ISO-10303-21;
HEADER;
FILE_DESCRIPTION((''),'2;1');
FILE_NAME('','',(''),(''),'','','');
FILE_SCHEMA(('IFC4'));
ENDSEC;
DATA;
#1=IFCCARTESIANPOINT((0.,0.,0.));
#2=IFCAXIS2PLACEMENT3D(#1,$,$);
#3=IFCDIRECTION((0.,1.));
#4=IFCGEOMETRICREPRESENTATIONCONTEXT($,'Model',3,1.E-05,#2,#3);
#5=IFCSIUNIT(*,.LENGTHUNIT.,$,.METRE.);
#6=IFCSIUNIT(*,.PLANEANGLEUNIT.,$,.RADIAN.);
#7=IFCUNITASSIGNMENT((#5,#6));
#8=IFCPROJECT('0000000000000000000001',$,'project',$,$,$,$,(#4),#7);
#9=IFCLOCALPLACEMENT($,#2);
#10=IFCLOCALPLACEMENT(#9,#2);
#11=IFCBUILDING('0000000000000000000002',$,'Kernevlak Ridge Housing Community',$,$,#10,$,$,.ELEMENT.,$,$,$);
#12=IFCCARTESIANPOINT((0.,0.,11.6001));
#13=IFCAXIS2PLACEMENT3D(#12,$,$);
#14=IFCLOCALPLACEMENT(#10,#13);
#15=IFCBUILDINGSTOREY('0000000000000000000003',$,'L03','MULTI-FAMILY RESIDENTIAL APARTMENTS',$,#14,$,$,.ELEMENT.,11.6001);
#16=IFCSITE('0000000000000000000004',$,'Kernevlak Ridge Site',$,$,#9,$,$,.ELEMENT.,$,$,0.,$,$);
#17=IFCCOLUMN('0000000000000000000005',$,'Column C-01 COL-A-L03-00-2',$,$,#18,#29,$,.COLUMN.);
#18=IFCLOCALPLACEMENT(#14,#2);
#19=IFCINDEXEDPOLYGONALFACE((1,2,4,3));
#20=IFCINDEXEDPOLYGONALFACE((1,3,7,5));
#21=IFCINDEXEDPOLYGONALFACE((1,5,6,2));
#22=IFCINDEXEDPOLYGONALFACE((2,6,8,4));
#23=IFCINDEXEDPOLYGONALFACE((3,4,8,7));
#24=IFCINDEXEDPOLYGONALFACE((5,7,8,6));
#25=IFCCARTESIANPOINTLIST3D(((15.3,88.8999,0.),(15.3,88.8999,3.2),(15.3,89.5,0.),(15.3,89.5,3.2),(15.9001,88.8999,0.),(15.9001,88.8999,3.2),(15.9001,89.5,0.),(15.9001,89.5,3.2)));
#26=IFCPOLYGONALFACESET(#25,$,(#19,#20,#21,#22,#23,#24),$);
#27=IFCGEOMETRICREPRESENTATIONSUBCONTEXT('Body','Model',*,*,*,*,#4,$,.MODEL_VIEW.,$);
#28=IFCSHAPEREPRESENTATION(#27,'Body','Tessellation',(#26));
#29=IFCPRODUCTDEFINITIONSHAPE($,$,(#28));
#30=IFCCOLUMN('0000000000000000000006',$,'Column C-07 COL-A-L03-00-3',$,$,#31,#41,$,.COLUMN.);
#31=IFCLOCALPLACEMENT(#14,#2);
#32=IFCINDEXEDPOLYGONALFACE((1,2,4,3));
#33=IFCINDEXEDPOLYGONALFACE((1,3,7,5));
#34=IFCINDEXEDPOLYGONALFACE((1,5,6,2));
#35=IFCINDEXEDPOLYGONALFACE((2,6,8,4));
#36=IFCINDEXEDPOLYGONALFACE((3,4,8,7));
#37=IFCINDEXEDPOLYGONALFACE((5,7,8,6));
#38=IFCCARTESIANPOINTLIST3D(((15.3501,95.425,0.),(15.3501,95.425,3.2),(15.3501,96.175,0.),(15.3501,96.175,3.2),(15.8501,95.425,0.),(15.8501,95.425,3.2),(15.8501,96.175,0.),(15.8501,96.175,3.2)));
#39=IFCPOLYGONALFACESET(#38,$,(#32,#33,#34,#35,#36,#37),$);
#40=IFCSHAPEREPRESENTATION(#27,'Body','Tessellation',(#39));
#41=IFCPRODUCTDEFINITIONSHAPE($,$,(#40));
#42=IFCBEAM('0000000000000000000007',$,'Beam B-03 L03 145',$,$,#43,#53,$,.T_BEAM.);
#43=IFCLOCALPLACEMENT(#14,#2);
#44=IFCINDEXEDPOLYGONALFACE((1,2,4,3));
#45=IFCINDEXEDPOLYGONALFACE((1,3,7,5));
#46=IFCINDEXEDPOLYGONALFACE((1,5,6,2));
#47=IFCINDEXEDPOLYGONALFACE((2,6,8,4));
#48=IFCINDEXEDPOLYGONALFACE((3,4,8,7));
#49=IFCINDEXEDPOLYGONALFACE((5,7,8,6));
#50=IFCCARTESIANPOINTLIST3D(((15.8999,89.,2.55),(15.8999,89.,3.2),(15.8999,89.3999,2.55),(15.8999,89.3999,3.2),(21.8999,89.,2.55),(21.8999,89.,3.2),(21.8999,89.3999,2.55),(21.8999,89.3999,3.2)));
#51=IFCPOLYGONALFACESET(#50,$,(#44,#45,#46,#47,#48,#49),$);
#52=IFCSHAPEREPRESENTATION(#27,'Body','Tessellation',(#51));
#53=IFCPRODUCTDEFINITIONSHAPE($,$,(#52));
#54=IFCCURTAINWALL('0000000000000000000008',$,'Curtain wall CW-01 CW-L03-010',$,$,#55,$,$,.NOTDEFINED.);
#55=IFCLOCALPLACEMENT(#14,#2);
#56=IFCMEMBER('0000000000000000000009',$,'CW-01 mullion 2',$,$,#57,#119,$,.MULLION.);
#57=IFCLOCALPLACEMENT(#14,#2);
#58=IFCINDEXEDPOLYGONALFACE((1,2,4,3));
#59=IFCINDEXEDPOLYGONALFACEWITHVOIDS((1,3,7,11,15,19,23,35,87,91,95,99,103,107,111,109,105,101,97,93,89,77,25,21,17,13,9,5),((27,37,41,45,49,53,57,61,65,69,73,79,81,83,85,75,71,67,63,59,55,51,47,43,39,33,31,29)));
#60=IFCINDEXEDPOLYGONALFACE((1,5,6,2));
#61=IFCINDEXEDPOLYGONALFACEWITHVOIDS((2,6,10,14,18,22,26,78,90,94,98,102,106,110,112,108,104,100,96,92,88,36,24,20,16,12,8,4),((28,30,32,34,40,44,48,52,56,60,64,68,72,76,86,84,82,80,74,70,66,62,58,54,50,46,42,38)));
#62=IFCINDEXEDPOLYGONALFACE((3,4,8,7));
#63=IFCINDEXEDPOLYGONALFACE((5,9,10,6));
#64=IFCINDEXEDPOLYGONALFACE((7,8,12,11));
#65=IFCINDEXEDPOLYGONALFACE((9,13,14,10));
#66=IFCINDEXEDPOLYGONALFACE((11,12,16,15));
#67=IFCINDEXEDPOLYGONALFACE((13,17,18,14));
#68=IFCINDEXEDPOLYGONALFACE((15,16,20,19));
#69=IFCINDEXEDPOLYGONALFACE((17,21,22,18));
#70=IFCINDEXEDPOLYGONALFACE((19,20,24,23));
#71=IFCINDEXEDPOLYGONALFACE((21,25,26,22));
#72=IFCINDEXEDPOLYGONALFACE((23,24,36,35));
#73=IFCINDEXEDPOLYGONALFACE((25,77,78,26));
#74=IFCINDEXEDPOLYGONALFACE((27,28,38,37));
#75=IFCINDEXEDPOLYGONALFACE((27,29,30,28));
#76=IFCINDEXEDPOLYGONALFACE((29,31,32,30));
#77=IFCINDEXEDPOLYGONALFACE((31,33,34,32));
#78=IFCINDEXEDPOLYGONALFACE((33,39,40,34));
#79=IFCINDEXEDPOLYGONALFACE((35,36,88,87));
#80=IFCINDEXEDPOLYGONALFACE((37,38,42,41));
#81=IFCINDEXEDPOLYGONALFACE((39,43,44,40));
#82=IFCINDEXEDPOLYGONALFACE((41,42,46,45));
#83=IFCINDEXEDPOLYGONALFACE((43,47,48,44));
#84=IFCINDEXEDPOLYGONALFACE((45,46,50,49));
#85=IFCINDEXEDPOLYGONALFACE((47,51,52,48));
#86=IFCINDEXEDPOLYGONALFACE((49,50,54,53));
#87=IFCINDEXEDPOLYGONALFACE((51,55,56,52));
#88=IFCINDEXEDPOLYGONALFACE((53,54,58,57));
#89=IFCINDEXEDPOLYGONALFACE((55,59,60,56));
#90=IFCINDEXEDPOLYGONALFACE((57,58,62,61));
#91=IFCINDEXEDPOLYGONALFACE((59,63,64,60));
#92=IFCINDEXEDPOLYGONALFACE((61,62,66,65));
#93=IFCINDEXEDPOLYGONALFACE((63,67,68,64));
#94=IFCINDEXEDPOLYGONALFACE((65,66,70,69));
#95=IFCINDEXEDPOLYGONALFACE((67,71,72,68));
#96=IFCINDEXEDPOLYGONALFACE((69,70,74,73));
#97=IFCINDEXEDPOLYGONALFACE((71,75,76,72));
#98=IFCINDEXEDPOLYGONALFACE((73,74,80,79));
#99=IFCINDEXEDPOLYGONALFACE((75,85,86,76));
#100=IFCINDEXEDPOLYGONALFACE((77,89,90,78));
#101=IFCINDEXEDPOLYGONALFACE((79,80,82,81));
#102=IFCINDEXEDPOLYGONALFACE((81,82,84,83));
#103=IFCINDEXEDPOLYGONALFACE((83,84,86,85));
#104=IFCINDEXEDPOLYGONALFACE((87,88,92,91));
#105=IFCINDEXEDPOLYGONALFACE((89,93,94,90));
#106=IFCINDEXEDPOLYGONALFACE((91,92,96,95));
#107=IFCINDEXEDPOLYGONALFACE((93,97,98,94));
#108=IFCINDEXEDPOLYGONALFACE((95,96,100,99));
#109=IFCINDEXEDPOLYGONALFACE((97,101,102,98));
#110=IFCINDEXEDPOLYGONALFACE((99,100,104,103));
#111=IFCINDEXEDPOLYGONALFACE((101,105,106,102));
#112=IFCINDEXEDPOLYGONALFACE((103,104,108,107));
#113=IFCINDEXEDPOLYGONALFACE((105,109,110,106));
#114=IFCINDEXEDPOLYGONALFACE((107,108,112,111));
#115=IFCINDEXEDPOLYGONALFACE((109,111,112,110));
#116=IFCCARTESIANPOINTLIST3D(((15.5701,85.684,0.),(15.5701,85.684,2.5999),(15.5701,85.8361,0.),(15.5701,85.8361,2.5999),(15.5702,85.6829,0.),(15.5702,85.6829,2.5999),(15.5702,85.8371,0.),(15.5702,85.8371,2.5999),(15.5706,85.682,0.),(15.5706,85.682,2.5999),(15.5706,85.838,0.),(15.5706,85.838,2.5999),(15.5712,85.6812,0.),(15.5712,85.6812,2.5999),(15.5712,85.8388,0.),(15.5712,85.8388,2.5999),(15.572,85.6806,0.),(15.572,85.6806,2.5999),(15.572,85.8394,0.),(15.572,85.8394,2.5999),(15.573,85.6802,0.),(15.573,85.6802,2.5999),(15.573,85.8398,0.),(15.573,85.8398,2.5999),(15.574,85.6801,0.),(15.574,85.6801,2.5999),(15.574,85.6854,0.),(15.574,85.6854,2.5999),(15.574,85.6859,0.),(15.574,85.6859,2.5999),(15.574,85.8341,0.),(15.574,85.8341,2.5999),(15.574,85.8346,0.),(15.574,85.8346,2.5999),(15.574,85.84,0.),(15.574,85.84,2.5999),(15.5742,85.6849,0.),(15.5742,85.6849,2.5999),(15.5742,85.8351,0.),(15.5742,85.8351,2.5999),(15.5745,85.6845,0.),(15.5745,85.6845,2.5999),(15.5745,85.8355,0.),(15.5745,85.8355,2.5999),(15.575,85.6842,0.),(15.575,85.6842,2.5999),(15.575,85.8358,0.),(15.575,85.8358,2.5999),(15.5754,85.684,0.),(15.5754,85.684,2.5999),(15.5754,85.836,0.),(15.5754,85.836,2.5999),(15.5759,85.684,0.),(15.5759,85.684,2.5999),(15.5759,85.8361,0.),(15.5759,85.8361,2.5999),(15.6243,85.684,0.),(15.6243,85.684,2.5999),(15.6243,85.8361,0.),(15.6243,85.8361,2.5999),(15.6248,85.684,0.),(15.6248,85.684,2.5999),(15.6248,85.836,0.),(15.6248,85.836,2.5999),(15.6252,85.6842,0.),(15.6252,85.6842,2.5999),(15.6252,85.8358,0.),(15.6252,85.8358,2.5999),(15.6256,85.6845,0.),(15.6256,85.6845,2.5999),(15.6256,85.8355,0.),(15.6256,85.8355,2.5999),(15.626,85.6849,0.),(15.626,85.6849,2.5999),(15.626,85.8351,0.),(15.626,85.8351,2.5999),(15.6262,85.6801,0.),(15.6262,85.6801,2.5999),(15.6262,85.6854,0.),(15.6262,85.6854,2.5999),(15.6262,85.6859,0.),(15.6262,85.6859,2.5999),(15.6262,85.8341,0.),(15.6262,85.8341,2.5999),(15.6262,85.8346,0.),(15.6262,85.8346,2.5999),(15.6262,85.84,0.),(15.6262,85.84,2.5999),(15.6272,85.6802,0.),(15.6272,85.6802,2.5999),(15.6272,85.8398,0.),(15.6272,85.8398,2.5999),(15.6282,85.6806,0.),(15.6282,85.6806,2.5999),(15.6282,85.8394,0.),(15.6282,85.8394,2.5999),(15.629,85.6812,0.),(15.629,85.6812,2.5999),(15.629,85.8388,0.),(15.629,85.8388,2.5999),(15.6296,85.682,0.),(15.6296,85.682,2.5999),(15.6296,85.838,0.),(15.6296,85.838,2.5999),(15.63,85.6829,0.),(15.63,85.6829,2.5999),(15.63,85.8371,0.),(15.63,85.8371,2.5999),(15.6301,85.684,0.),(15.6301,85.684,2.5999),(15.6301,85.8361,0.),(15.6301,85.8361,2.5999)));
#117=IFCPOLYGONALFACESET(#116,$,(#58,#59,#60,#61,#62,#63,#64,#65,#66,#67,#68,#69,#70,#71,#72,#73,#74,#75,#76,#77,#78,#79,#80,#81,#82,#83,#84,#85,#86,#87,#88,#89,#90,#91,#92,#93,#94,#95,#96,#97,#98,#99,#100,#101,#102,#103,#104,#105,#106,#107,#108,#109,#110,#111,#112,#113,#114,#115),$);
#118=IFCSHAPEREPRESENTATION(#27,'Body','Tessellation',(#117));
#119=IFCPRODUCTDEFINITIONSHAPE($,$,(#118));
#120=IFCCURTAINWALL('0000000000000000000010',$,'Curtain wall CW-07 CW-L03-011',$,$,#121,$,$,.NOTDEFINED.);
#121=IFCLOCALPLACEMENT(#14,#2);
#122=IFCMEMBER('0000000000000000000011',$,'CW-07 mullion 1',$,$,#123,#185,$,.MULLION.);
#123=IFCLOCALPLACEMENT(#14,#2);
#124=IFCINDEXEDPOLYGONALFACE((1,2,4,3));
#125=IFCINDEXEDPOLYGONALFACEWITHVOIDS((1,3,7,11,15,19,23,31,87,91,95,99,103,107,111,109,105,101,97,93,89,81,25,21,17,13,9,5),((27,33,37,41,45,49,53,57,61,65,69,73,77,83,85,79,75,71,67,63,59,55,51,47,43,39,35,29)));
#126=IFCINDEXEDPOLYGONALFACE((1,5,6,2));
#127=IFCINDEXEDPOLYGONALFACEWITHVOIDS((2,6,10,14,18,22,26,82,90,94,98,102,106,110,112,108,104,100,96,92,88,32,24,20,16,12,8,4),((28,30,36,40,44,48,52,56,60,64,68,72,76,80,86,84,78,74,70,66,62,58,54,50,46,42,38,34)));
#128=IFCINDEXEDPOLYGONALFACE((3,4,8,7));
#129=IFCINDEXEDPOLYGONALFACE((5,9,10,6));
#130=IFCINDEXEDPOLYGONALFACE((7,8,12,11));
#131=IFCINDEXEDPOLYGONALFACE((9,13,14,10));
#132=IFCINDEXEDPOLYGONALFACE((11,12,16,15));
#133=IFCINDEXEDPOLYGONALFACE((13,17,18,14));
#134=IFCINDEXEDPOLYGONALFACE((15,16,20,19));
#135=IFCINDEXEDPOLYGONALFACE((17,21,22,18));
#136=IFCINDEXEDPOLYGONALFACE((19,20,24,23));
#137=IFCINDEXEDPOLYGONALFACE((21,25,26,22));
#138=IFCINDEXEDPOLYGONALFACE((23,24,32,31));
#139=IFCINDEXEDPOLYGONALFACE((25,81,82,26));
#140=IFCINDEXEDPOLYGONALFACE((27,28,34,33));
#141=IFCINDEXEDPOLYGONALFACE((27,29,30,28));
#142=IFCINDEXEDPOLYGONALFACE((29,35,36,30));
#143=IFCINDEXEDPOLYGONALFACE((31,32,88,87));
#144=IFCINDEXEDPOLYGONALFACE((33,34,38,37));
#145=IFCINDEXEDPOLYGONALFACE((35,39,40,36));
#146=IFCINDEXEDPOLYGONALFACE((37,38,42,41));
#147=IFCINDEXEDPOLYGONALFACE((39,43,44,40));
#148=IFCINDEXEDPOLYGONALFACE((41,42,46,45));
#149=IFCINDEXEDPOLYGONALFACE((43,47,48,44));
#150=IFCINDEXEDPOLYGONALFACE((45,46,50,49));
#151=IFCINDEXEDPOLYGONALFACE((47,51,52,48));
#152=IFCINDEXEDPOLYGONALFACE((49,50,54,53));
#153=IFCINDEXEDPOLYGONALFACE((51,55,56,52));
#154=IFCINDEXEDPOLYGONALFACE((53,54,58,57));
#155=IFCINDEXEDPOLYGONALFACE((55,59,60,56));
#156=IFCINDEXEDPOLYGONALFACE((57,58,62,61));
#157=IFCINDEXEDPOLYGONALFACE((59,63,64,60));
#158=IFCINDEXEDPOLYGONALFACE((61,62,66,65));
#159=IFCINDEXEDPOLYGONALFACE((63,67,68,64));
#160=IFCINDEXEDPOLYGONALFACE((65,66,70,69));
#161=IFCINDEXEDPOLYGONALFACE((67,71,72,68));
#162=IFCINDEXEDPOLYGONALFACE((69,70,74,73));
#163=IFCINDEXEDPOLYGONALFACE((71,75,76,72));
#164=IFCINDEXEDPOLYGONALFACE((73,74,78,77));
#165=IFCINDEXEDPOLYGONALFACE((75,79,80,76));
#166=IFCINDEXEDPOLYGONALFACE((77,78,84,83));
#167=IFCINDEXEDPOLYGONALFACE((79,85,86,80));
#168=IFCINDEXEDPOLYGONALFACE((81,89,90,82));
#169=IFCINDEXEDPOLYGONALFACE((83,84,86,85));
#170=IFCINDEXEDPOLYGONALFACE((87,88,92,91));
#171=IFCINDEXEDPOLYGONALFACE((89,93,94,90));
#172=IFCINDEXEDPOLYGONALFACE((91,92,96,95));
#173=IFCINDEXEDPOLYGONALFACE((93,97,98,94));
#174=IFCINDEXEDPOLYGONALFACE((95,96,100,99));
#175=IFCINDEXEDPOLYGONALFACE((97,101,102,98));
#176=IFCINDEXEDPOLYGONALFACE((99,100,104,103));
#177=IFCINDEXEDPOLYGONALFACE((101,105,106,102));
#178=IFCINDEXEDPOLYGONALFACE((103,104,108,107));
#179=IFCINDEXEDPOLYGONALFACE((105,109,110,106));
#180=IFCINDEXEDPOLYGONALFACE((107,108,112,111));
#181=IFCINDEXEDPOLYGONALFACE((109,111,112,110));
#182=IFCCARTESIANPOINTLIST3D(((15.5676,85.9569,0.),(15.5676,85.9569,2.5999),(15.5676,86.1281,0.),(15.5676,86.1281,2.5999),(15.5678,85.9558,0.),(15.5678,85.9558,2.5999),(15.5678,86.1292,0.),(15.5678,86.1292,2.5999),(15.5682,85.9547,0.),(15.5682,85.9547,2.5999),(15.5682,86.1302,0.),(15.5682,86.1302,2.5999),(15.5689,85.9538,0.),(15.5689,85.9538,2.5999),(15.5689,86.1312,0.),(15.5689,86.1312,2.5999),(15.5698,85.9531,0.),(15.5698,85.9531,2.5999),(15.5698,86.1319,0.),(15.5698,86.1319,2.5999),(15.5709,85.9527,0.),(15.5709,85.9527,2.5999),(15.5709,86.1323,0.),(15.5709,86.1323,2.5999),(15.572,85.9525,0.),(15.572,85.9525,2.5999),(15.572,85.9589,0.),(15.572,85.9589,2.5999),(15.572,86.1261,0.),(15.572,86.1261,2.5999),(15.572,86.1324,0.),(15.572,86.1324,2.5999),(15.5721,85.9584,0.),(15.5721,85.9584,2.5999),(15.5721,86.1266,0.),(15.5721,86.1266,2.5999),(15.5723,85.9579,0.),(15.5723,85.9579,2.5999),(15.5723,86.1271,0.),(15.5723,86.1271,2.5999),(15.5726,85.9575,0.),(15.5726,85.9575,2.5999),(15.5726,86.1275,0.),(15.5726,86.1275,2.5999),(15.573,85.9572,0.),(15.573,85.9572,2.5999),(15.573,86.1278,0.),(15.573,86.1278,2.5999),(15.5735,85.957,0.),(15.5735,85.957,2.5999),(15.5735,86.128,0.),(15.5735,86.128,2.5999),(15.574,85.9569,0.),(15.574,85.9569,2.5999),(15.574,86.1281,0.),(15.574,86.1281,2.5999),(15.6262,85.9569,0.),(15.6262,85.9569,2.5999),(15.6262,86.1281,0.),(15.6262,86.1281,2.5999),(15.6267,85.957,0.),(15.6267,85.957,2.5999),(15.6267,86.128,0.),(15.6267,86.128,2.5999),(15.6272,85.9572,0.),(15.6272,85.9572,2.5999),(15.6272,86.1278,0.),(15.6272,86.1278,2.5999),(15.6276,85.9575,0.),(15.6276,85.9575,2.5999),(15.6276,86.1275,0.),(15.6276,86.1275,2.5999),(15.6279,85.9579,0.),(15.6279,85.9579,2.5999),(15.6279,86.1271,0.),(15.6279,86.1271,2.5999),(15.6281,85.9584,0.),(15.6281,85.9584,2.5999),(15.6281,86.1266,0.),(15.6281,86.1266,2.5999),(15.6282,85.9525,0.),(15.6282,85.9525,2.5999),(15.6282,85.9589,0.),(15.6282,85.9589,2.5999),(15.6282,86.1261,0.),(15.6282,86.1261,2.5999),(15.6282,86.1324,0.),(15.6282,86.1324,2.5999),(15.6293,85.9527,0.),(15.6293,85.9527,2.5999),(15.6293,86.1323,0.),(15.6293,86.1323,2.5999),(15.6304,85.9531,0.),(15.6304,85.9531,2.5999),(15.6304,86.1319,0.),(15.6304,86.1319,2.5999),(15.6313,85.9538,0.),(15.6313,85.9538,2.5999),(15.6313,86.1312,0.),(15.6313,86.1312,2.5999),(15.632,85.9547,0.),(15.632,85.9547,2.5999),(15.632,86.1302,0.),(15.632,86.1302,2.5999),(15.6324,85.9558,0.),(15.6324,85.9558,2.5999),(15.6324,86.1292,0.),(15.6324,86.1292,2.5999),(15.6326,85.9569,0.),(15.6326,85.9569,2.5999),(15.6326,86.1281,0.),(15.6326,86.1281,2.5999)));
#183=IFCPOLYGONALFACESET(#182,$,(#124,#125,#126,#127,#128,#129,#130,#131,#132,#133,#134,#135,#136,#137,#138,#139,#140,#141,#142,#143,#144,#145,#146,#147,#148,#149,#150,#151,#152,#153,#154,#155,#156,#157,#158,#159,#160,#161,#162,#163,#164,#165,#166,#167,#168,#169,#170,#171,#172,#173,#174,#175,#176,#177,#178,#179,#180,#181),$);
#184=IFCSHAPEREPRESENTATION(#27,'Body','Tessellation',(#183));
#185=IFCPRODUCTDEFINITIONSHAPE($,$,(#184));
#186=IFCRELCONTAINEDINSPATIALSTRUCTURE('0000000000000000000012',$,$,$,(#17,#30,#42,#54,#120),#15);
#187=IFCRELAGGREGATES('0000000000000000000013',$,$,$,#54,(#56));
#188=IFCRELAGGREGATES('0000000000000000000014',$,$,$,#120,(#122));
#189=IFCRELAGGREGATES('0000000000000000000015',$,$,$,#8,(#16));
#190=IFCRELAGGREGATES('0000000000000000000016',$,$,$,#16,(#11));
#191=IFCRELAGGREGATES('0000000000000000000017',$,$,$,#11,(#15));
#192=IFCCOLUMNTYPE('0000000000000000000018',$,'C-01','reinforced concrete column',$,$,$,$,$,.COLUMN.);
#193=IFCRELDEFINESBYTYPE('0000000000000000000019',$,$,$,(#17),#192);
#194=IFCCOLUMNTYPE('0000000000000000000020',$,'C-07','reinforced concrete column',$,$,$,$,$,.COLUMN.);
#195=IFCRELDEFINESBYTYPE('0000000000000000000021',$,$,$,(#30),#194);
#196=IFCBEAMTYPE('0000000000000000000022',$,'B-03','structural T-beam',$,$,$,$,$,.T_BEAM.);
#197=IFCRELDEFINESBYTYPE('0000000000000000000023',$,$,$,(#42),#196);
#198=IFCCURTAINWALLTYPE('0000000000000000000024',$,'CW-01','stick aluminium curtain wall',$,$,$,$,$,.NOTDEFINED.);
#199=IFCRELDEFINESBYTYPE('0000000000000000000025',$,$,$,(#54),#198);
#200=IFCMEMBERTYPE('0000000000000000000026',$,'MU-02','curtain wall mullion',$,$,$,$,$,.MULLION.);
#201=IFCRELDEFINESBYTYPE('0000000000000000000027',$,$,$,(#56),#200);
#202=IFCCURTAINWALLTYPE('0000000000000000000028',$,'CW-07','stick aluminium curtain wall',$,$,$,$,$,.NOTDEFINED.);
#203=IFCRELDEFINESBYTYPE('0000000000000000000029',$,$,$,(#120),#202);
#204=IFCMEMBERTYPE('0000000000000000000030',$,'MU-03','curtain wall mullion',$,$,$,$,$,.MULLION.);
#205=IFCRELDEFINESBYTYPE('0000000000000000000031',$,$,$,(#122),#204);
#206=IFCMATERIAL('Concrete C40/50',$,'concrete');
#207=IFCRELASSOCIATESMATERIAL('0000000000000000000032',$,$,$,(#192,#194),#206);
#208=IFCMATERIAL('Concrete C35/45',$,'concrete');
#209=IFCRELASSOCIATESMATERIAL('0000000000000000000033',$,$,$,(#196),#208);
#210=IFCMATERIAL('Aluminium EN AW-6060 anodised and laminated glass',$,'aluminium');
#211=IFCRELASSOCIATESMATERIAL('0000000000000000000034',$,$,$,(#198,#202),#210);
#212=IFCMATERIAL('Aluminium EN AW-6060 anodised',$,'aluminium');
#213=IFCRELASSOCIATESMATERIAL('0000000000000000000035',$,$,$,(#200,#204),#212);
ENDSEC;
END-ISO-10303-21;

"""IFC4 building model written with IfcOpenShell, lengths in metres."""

from ifc_helpers import new_model, si_unit, direction, frame, origin, origin_2d, place, context, subcontext, project, spatial, rectangle, hollow_rectangle, extrude, material, material_profile, profile_set, type_object, element, aggregate, save


model = new_model("IFC4")

# Units and contexts
model_context = context("Model", 3, precision=1e-05, world=origin(), true_north=direction((0.0, 1.0)))
body_context = subcontext(model_context, "Body", "Model", "MODEL_VIEW")
ifc_project = project(units=[si_unit("LENGTHUNIT", "METRE"), si_unit("PLANEANGLEUNIT", "RADIAN")], contexts=[model_context])

# Site, building, storey
site_placement = place(None, origin())
site = spatial("IfcSite", under=ifc_project, at=site_placement, Name="Kernevlak Ridge Site", CompositionType="ELEMENT", RefElevation=0.0)
building_placement = place(site_placement, origin())
building = spatial("IfcBuilding", under=site, at=building_placement, Name="Kernevlak Ridge Housing Community", CompositionType="ELEMENT")
storey_placement = place(building_placement, frame((0.0, 0.0, 11.6001)))
storey = spatial("IfcBuildingStorey", under=building, at=storey_placement, Name="L03", Description="MULTI-FAMILY RESIDENTIAL APARTMENTS", CompositionType="ELEMENT", Elevation=11.6001)

# Columns
ifc_material_1 = material(Name="Concrete C40/50", Category="concrete")
ifc_material_profile_1 = material_profile(ifc_material_1, rectangle(XDim=0.6001, YDim=0.6001, at=origin_2d()), Name="RC 600x600")
ifc_profile_set_1 = profile_set([ifc_material_profile_1], Name="Concrete C40/50")
column_type_1 = type_object("IfcColumnType", Name="C-01", Description="reinforced concrete column", PredefinedType="COLUMN", material=ifc_profile_set_1)
column_1_placement = place(storey_placement, frame((15.6001, 89.2, 0.0), z_axis=(0.0, 0.0, 1.0), x_axis=(1.0, 0.0, 0.0)))
element("IfcColumn", 1, at=column_1_placement, inside=storey, type_object=column_type_1, Name="Column C-01 COL-A-L03-00-2", PredefinedType="COLUMN", context=body_context, shape_type="SweptSolid", body=[
    extrude(rectangle(XDim=0.6001, YDim=0.6001, at=origin_2d()), origin(), (0.0, 0.0, 1.0), 3.2),
])
ifc_material_profile_2 = material_profile(ifc_material_1, rectangle(XDim=0.5, YDim=0.75, at=origin_2d()), Name="RC 500x750")
ifc_profile_set_2 = profile_set([ifc_material_profile_2], Name="Concrete C40/50")
column_type_2 = type_object("IfcColumnType", Name="C-07", Description="reinforced concrete column", PredefinedType="COLUMN", material=ifc_profile_set_2)
column_2_placement = place(storey_placement, frame((15.6001, 95.8, 0.0), z_axis=(0.0, 0.0, 1.0), x_axis=(1.0, 0.0, 0.0)))
element("IfcColumn", 2, at=column_2_placement, inside=storey, type_object=column_type_2, Name="Column C-07 COL-A-L03-00-3", PredefinedType="COLUMN", context=body_context, shape_type="SweptSolid", body=[
    extrude(rectangle(XDim=0.5, YDim=0.75, at=origin_2d()), origin(), (0.0, 0.0, 1.0), 3.2),
])

# Beam
ifc_material_2 = material(Name="Concrete C35/45", Category="concrete")
ifc_material_profile_3 = material_profile(ifc_material_2, rectangle(XDim=0.3999, YDim=0.6499, at=origin_2d()), Name="RC 400x650")
ifc_profile_set_3 = profile_set([ifc_material_profile_3], Name="Concrete C35/45")
beam_type_1 = type_object("IfcBeamType", Name="B-03", Description="structural T-beam", PredefinedType="T_BEAM", material=ifc_profile_set_3)
beam_1_placement = place(storey_placement, frame((15.8999, 89.2, 2.875), z_axis=(1.0, 0.0, 0.0), x_axis=(0.0, 1.0, 0.0)))
element("IfcBeam", 3, at=beam_1_placement, inside=storey, type_object=beam_type_1, Name="Beam B-03 L03 145", PredefinedType="T_BEAM", context=body_context, shape_type="SweptSolid", body=[
    extrude(rectangle(XDim=0.3999, YDim=0.6499, at=origin_2d()), origin(), (0.0, 0.0, 1.0), 6.0),
])

# Curtain wall, member
ifc_material_3 = material(Name="Aluminium EN AW-6060 anodised and laminated glass", Category="aluminium")
curtain_wall_type_1 = type_object("IfcCurtainWallType", Name="CW-01", Description="stick aluminium curtain wall", PredefinedType="NOTDEFINED", material=ifc_material_3)
curtain_wall_1_placement = place(storey_placement, origin())
curtain_wall_1 = element("IfcCurtainWall", 4, at=curtain_wall_1_placement, inside=storey, type_object=curtain_wall_type_1, Name="Curtain wall CW-01 CW-L03-010", PredefinedType="NOTDEFINED")
ifc_material_4 = material(Name="Aluminium EN AW-6060 anodised", Category="aluminium")
ifc_material_profile_4 = material_profile(ifc_material_4, hollow_rectangle(XDim=0.0601, YDim=0.1599, WallThickness=0.0039, InnerFilletRadius=0.002, OuterFilletRadius=0.0039, at=origin_2d()), Name="ALU 60x160x4")
ifc_profile_set_4 = profile_set([ifc_material_profile_4], Name="Aluminium EN AW-6060 anodised")
member_type_1 = type_object("IfcMemberType", Name="MU-02", Description="curtain wall mullion", PredefinedType="MULLION", material=ifc_profile_set_4)
member_1_placement = place(storey_placement, frame((15.6001, 85.76, 0.0), z_axis=(0.0, 0.0, 1.0), x_axis=(-1.0, 0.0, 0.0)))
member_1 = element("IfcMember", 5, at=member_1_placement, type_object=member_type_1, Name="CW-01 mullion 2", PredefinedType="MULLION", context=body_context, shape_type="SweptSolid", body=[
    extrude(hollow_rectangle(XDim=0.0601, YDim=0.1599, WallThickness=0.0039, InnerFilletRadius=0.002, OuterFilletRadius=0.0039, at=origin_2d()), origin(), (0.0, 0.0, 1.0), 2.5999),
])
aggregate(curtain_wall_1, [member_1])

# Curtain wall, member
curtain_wall_type_2 = type_object("IfcCurtainWallType", Name="CW-07", Description="stick aluminium curtain wall", PredefinedType="NOTDEFINED", material=ifc_material_3)
curtain_wall_2_placement = place(storey_placement, origin())
curtain_wall_2 = element("IfcCurtainWall", 6, at=curtain_wall_2_placement, inside=storey, type_object=curtain_wall_type_2, Name="Curtain wall CW-07 CW-L03-011", PredefinedType="NOTDEFINED")
ifc_material_profile_5 = material_profile(ifc_material_4, hollow_rectangle(XDim=0.0649, YDim=0.1799, WallThickness=0.0044, InnerFilletRadius=0.002, OuterFilletRadius=0.0044, at=origin_2d()), Name="ALU 65x180x4.5")
ifc_profile_set_5 = profile_set([ifc_material_profile_5], Name="Aluminium EN AW-6060 anodised")
member_type_2 = type_object("IfcMemberType", Name="MU-03", Description="curtain wall mullion", PredefinedType="MULLION", material=ifc_profile_set_5)
member_2_placement = place(storey_placement, frame((15.6001, 86.0425, 0.0), z_axis=(0.0, 0.0, 1.0), x_axis=(-1.0, 0.0, 0.0)))
member_2 = element("IfcMember", 7, at=member_2_placement, type_object=member_type_2, Name="CW-07 mullion 1", PredefinedType="MULLION", context=body_context, shape_type="SweptSolid", body=[
    extrude(hollow_rectangle(XDim=0.0649, YDim=0.1799, WallThickness=0.0044, InnerFilletRadius=0.002, OuterFilletRadius=0.0044, at=origin_2d()), origin(), (0.0, 0.0, 1.0), 2.5999),
])

aggregate(curtain_wall_2, [member_2])

save(model, "model.ifc")
